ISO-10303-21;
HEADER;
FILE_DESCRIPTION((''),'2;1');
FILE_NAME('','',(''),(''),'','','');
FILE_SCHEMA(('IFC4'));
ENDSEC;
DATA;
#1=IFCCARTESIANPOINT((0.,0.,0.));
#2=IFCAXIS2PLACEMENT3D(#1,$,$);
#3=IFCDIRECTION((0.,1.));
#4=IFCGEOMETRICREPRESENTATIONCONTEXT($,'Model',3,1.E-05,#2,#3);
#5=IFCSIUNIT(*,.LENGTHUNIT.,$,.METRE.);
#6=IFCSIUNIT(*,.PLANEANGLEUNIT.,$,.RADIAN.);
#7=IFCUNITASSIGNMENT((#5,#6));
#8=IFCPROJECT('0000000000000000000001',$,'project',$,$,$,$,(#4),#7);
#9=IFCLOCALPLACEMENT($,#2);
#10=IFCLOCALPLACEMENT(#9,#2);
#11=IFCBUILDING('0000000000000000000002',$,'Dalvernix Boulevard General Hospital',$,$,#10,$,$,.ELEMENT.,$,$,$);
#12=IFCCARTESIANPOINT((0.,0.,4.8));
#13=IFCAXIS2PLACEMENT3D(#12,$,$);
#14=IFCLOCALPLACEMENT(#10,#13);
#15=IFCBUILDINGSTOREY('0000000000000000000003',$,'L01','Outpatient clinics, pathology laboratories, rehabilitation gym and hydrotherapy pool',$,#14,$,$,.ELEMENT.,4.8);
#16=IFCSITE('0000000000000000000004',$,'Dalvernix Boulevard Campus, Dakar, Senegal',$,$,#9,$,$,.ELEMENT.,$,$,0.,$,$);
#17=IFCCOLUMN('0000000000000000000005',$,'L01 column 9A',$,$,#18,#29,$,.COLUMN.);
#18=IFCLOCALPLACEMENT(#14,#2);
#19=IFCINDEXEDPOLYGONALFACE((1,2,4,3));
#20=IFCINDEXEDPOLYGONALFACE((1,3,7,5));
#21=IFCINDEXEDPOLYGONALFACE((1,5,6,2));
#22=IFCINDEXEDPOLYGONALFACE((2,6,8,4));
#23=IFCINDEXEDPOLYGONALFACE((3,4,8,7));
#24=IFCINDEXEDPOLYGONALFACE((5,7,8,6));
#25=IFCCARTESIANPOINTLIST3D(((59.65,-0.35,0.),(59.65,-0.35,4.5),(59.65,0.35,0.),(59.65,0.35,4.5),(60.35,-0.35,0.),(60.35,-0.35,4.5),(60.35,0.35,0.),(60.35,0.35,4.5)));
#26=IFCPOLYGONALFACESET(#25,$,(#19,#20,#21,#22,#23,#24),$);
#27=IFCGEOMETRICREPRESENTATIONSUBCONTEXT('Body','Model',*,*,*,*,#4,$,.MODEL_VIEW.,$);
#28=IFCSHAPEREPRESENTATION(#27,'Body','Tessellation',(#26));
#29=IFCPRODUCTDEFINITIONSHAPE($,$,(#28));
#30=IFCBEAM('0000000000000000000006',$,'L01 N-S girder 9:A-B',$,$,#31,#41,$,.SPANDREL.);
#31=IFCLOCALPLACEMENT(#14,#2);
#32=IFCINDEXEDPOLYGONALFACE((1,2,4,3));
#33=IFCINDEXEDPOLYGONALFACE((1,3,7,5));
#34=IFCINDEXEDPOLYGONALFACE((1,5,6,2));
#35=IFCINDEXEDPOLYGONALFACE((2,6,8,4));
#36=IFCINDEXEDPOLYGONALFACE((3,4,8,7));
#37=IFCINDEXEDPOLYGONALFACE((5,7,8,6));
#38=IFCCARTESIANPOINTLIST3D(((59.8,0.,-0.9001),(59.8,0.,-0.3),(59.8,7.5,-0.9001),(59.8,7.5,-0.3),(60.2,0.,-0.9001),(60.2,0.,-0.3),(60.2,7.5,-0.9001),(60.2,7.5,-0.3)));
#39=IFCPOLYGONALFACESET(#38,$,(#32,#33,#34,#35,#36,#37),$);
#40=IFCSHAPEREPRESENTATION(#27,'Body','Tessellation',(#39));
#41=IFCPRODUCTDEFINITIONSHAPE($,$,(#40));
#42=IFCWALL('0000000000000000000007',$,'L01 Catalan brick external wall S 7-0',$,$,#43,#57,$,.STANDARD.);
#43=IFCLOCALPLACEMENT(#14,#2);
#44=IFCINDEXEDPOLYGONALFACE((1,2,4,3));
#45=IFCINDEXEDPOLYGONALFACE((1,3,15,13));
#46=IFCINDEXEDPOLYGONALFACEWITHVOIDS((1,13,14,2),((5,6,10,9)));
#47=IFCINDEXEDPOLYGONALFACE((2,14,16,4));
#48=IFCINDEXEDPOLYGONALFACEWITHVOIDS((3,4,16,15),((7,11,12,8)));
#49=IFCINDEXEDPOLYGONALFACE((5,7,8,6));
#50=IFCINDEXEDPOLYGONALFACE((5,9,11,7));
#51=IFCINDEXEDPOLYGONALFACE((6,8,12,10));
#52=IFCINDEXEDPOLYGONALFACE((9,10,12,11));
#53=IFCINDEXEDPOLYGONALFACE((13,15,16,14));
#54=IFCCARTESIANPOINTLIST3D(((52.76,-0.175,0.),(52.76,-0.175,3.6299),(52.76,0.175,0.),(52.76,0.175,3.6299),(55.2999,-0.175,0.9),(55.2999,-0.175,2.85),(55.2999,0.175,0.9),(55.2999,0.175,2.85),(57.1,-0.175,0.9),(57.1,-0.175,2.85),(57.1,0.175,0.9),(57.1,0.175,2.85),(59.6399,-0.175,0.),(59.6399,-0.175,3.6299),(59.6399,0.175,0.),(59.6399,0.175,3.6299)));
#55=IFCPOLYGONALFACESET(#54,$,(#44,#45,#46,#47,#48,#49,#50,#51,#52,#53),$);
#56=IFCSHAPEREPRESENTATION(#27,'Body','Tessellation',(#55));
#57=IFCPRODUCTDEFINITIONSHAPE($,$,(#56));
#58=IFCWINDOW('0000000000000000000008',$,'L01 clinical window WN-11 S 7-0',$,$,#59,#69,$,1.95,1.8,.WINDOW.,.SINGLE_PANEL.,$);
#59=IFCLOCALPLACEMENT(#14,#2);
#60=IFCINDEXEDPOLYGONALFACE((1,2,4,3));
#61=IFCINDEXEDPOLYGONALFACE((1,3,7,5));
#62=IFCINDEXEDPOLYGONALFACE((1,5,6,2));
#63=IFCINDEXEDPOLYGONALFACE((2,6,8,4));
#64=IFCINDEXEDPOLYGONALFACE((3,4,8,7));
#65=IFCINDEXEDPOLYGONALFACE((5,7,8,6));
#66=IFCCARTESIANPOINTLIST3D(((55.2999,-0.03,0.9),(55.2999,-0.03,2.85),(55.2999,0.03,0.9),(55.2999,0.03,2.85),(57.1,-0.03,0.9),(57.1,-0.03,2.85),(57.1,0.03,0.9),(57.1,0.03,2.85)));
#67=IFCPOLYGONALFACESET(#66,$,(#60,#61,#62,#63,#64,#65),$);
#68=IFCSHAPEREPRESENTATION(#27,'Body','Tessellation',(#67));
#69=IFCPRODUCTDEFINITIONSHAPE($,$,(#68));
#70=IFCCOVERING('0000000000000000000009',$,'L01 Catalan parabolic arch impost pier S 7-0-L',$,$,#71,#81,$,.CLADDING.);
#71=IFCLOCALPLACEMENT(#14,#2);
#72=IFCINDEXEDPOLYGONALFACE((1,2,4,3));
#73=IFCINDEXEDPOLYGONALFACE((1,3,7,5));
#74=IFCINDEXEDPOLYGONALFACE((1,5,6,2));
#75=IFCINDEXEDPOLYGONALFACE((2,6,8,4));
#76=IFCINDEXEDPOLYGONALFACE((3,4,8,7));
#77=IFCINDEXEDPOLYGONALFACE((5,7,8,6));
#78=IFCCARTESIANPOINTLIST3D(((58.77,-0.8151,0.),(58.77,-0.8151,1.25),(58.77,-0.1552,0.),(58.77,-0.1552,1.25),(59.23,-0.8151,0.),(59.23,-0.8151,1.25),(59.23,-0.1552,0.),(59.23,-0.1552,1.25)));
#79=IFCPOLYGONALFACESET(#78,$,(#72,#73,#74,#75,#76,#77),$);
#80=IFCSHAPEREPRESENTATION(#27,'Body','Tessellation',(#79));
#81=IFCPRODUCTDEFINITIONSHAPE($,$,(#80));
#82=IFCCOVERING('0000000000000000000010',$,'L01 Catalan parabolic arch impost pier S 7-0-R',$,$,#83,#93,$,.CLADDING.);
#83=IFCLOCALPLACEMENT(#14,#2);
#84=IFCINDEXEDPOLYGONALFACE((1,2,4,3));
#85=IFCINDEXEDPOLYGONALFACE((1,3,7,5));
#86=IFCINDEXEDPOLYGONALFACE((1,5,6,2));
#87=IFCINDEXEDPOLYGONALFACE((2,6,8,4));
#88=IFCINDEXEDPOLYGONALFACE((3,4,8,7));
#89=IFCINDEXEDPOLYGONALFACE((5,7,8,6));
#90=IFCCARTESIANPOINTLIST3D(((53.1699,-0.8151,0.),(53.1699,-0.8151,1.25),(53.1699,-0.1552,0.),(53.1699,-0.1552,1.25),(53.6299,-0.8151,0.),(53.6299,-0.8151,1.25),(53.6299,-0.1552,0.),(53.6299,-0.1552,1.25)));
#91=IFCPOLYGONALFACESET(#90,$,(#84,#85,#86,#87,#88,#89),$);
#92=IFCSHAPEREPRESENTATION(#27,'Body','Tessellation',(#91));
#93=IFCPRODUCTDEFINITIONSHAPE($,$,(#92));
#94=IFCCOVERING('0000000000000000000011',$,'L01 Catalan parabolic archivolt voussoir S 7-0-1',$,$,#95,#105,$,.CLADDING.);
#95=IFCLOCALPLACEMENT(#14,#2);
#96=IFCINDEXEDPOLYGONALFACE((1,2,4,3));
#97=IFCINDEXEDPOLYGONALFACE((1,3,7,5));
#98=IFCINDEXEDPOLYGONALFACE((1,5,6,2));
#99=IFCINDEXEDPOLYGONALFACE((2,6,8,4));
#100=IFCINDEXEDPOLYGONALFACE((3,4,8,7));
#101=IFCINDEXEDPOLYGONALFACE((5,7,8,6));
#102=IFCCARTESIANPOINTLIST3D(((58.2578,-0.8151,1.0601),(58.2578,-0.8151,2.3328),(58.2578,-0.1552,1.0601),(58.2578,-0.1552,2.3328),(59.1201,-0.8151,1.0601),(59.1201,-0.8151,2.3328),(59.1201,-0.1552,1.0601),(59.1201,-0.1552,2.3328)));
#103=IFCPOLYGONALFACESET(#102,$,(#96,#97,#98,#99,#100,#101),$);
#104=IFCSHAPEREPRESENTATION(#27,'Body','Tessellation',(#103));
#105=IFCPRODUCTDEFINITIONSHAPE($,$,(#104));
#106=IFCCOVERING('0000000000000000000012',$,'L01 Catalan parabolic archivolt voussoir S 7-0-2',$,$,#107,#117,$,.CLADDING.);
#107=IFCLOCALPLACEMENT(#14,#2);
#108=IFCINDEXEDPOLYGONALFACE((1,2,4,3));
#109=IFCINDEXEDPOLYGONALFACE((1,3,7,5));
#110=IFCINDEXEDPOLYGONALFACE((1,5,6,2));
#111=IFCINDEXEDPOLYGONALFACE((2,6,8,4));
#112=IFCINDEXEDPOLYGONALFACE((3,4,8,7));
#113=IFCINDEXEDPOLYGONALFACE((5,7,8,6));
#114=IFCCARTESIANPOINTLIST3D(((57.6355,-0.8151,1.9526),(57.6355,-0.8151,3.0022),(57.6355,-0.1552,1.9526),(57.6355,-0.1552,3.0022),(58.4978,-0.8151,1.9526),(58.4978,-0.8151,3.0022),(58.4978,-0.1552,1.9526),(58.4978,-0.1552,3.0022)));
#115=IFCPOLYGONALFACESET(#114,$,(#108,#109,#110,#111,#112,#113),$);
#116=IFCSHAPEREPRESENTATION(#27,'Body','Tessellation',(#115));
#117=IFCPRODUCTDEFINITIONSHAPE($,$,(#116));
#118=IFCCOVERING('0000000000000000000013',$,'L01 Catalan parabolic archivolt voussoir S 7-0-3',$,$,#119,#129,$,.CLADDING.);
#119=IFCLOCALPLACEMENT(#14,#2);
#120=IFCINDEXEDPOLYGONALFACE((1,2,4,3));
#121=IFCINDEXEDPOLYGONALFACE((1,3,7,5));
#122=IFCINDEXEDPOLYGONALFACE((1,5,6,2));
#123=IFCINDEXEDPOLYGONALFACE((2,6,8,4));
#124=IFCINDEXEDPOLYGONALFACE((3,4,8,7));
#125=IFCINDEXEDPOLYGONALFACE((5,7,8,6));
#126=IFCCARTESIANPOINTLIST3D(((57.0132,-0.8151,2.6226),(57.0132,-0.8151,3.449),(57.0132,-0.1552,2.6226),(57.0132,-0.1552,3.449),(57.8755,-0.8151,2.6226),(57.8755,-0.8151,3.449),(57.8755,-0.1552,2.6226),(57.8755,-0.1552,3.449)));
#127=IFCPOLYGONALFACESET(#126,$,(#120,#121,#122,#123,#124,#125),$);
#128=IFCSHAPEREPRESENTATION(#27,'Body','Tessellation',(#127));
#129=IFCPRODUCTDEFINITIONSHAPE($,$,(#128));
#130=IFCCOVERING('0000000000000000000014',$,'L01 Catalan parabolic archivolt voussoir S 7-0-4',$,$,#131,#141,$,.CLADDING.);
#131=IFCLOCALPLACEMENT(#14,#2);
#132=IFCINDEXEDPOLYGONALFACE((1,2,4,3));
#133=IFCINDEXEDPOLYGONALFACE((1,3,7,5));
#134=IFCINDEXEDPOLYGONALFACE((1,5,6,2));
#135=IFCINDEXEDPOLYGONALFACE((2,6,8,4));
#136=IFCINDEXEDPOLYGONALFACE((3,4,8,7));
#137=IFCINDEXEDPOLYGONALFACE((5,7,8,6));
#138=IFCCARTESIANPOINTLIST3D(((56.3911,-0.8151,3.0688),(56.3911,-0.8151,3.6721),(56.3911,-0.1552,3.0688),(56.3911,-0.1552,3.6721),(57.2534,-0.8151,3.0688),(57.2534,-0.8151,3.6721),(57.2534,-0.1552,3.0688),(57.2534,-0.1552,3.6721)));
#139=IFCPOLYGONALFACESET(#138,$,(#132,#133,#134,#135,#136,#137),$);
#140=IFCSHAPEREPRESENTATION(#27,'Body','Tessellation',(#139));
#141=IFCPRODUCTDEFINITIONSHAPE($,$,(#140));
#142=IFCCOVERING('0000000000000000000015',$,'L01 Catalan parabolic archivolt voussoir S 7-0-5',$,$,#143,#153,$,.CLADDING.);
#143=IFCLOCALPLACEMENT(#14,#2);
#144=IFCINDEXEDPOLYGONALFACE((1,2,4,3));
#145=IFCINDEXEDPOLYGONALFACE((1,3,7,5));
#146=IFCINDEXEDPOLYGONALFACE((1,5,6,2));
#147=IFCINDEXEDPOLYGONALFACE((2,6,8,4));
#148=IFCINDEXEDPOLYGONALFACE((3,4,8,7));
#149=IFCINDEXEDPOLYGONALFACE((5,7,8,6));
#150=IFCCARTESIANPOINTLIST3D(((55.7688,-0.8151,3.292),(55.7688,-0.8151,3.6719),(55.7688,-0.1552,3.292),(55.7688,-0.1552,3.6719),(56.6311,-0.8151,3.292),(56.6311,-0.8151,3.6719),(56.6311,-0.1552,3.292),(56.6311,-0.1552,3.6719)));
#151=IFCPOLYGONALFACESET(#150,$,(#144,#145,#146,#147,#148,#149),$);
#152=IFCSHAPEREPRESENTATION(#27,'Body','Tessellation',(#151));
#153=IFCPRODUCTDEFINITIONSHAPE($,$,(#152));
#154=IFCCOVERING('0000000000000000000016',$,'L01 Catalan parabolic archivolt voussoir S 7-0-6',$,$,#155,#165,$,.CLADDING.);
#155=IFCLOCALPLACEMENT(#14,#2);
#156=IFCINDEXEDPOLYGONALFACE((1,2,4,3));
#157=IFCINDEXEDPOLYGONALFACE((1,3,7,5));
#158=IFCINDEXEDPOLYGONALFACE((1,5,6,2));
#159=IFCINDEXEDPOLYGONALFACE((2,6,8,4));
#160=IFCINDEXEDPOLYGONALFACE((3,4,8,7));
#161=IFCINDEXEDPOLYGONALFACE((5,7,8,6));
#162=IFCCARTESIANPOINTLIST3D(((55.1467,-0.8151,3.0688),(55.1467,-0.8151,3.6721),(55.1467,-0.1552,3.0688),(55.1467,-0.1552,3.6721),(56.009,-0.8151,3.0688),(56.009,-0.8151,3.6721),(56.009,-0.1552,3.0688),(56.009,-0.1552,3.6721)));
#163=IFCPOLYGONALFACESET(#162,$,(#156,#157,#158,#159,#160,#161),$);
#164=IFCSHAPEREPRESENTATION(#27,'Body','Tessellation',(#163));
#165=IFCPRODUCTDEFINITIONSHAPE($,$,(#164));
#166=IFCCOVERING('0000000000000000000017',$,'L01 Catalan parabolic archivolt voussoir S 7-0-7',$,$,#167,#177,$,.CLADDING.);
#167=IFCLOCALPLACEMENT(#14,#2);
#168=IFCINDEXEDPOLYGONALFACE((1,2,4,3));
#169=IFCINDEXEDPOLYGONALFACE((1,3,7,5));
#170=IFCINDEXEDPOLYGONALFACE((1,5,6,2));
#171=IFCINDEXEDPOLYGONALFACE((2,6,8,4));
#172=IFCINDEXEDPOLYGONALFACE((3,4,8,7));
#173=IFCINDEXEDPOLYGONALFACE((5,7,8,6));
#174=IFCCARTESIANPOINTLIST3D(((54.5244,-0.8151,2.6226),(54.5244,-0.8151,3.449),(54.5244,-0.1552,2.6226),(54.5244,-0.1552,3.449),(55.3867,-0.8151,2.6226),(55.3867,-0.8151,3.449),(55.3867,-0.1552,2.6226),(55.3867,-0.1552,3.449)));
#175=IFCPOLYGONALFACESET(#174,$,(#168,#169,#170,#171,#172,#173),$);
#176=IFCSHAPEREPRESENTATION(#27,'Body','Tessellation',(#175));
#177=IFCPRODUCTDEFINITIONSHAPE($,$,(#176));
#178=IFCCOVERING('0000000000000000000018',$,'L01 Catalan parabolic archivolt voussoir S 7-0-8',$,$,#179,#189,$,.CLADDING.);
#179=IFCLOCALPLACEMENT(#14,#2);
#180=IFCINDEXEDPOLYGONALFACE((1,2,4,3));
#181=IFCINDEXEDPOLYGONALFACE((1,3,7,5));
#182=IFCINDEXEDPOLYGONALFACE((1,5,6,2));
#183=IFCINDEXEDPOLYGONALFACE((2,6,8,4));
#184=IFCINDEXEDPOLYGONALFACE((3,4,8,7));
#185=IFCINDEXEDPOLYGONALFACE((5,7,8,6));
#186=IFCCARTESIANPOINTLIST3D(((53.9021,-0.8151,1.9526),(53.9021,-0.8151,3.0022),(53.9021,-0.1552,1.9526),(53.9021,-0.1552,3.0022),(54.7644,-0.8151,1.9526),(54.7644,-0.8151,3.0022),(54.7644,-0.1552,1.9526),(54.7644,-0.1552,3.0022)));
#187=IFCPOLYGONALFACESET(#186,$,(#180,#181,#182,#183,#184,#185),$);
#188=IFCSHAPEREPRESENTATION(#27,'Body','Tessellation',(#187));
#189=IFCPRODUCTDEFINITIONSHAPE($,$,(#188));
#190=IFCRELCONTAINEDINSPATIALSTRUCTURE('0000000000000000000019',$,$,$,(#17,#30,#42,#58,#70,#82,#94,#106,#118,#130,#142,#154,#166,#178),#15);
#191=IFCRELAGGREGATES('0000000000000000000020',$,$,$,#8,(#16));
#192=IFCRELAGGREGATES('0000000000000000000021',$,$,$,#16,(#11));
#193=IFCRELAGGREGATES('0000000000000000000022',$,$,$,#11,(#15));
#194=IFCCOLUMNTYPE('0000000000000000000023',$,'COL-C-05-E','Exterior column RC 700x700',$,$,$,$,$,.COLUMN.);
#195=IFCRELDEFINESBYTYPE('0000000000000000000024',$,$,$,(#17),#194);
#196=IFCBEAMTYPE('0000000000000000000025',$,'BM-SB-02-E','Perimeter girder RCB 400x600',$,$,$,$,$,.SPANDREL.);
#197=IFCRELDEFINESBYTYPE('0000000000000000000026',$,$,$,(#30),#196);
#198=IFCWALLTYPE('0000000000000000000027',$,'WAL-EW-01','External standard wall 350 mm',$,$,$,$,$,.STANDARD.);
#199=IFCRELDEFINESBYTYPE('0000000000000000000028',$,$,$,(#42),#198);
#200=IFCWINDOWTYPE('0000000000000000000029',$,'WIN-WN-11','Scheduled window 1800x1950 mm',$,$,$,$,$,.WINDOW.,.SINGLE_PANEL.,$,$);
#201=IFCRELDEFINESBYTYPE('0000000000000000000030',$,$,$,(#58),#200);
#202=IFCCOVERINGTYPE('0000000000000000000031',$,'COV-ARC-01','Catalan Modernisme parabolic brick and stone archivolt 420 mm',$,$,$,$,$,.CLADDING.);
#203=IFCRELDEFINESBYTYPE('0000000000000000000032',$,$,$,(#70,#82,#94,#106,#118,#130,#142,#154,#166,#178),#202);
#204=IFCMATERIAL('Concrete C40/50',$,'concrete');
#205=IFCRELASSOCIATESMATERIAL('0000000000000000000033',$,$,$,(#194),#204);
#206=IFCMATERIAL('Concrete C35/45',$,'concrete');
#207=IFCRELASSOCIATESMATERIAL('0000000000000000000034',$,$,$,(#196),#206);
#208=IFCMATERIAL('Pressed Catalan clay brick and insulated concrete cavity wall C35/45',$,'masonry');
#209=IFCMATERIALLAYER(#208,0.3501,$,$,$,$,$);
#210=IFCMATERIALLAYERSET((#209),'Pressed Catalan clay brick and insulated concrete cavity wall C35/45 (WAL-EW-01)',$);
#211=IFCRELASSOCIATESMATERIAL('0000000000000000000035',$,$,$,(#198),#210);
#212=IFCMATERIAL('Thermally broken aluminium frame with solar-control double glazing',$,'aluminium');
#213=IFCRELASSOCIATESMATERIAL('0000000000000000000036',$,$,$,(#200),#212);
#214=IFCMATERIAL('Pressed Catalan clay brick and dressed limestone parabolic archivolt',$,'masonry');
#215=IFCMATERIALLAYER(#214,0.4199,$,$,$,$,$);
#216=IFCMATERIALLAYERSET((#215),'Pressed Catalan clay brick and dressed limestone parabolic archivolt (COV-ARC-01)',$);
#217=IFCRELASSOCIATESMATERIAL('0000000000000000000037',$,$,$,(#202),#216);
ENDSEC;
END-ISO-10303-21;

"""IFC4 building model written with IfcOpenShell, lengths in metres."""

from ifc_helpers import new_model, si_unit, direction, frame, frame_2d, origin, origin_2d, place, context, subcontext, project, spatial, rectangle, extrude, material, layer, layer_set, material_profile, profile_set, type_object, element, fill, save


model = new_model("IFC4")

# Units and contexts
model_context = context("Model", 3, precision=1e-05, world=origin(), true_north=direction((0.0, 1.0)))
body_context = subcontext(model_context, "Body", "Model", "MODEL_VIEW")
ifc_project = project(units=[si_unit("LENGTHUNIT", "METRE"), si_unit("PLANEANGLEUNIT", "RADIAN")], contexts=[model_context])

# Site, building, storey
site_placement = place(None, origin())
site = spatial("IfcSite", under=ifc_project, at=site_placement, Name="Dalvernix Boulevard Campus, Dakar, Senegal", CompositionType="ELEMENT", RefElevation=0.0)
building_placement = place(site_placement, origin())
building = spatial("IfcBuilding", under=site, at=building_placement, Name="Dalvernix Boulevard General Hospital", CompositionType="ELEMENT")
storey_placement = place(building_placement, frame((0.0, 0.0, 4.8)))
storey = spatial("IfcBuildingStorey", under=building, at=storey_placement, Name="L01", Description="Outpatient clinics, pathology laboratories, rehabilitation gym and hydrotherapy pool", CompositionType="ELEMENT", Elevation=4.8)

# Column
ifc_material_1 = material(Name="Concrete C40/50", Category="concrete")
ifc_material_profile_1 = material_profile(ifc_material_1, rectangle(XDim=0.7, YDim=0.7, at=origin_2d()), Name="RC 700x700")
ifc_profile_set_1 = profile_set([ifc_material_profile_1], Name="Concrete C40/50")
column_type = type_object("IfcColumnType", Name="COL-C-05-E", Description="Exterior column RC 700x700", PredefinedType="COLUMN", material=ifc_profile_set_1)
column_placement = place(storey_placement, frame((60.0, 0.0, 0.0), z_axis=(0.0, 0.0, 1.0), x_axis=(1.0, 0.0, 0.0)))
element("IfcColumn", 1, at=column_placement, inside=storey, type_object=column_type, Name="L01 column 9A", PredefinedType="COLUMN", context=body_context, shape_type="SweptSolid", body=[
    extrude(rectangle(XDim=0.7, YDim=0.7, at=origin_2d()), origin(), (0.0, 0.0, 1.0), 4.5),
])

# Beam
ifc_material_2 = material(Name="Concrete C35/45", Category="concrete")
ifc_material_profile_2 = material_profile(ifc_material_2, rectangle(XDim=0.3999, YDim=0.6001, at=origin_2d()), Name="RCB 400x600")
ifc_profile_set_2 = profile_set([ifc_material_profile_2], Name="Concrete C35/45")
beam_type = type_object("IfcBeamType", Name="BM-SB-02-E", Description="Perimeter girder RCB 400x600", PredefinedType="SPANDREL", material=ifc_profile_set_2)
beam_placement = place(storey_placement, frame((60.0, 0.0, -0.6001), z_axis=(0.0, 1.0, 0.0), x_axis=(-1.0, 0.0, 0.0)))
element("IfcBeam", 2, at=beam_placement, inside=storey, type_object=beam_type, Name="L01 N-S girder 9:A-B", PredefinedType="SPANDREL", context=body_context, shape_type="SweptSolid", body=[
    extrude(rectangle(XDim=0.3999, YDim=0.6001, at=origin_2d()), origin(), (0.0, 0.0, 1.0), 7.5),
])

# Wall, opening, window
ifc_material_3 = material(Name="Pressed Catalan clay brick and insulated concrete cavity wall C35/45", Category="masonry")
ifc_layer_1 = layer(ifc_material_3, 0.3501)
ifc_layer_set_1 = layer_set([ifc_layer_1], Name="Pressed Catalan clay brick and insulated concrete cavity wall C35/45 (WAL-EW-01)")
wall_type = type_object("IfcWallType", Name="WAL-EW-01", Description="External standard wall 350 mm", PredefinedType="STANDARD", material=ifc_layer_set_1)
wall_placement = place(storey_placement, frame((59.6399, 0.0, 0.0), z_axis=(0.0, 0.0, 1.0), x_axis=(-1.0, 0.0, 0.0)))
wall = element("IfcWall", 3, at=wall_placement, inside=storey, type_object=wall_type, Name="L01 Catalan brick external wall S 7-0", PredefinedType="STANDARD", context=body_context, shape_type="SweptSolid", body=[
    extrude(rectangle(XDim=6.8799, YDim=0.3501, at=frame_2d((3.4399, 0.0))), origin(), (0.0, 0.0, 1.0), 3.6299),
])
opening_placement = place(wall_placement, frame((2.54, 0.0, 0.8999)))
opening = element("IfcOpeningElement", 4, at=opening_placement, cuts=wall, PredefinedType="OPENING", context=body_context, shape_type="SweptSolid", body=[
    extrude(rectangle(XDim=1.8, YDim=1.95, at=frame_2d((0.8999, 0.9751))), frame((0.0, 0.1851, 0.0), z_axis=(0.0, -1.0, 0.0), x_axis=(1.0, 0.0, 0.0)), (0.0, 0.0, 1.0), 0.3701),
])
ifc_material_4 = material(Name="Thermally broken aluminium frame with solar-control double glazing", Category="aluminium")
window_type = type_object("IfcWindowType", Name="WIN-WN-11", Description="Scheduled window 1800x1950 mm", PartitioningType="SINGLE_PANEL", PredefinedType="WINDOW", material=ifc_material_4)
window_placement = place(opening_placement, origin())
window = element("IfcWindow", 5, at=window_placement, inside=storey, type_object=window_type, Name="L01 clinical window WN-11 S 7-0", OverallHeight=1.95, OverallWidth=1.8, PartitioningType="SINGLE_PANEL", PredefinedType="WINDOW", context=body_context, shape_type="SweptSolid", body=[
    extrude(rectangle(XDim=1.8, YDim=1.95, at=frame_2d((0.8999, 0.9751))), frame((0.0, 0.03, 0.0), z_axis=(0.0, -1.0, 0.0), x_axis=(1.0, 0.0, 0.0)), (0.0, 0.0, 1.0), 0.0601),
])
fill(opening, window)

# Coverings
ifc_material_5 = material(Name="Pressed Catalan clay brick and dressed limestone parabolic archivolt", Category="masonry")
ifc_layer_2 = layer(ifc_material_5, 0.4199)
ifc_layer_set_2 = layer_set([ifc_layer_2], Name="Pressed Catalan clay brick and dressed limestone parabolic archivolt (COV-ARC-01)")
covering_type_1 = type_object("IfcCoveringType", Name="COV-ARC-01", Description="Catalan Modernisme parabolic brick and stone archivolt 420 mm", PredefinedType="CLADDING", material=ifc_layer_set_2)
for number, where, z_axis, x_axis, name in (
    (6, (59.0, -0.4851, 0.0), (0.0, 0.0, 1.0), (-1.0, 0.0, 0.0), "L01 Catalan parabolic arch impost pier S 7-0-L"),
    (7, (53.3999, -0.4851, 0.0), (0.0, 0.0, 1.0), (-1.0, 0.0, 0.0), "L01 Catalan parabolic arch impost pier S 7-0-R"),
):
    element("IfcCovering", number, at=place(storey_placement, frame(where, z_axis=z_axis, x_axis=x_axis)), inside=storey, type_object=covering_type_1, Name=name, PredefinedType="CLADDING", context=body_context, shape_type="SweptSolid", body=[
        extrude(rectangle(XDim=0.46, YDim=0.6599, at=origin_2d()), origin(), (0.0, 0.0, 1.0), 1.25),
    ])
covering_1_placement = place(storey_placement, frame((58.689, -0.4851, 1.0601), z_axis=(0.0, 0.0, 1.0), x_axis=(-1.0, 0.0, 0.0)))
element("IfcCovering", 8, at=covering_1_placement, inside=storey, type_object=covering_type_1, Name="L01 Catalan parabolic archivolt voussoir S 7-0-1", PredefinedType="CLADDING", context=body_context, shape_type="SweptSolid", body=[
    extrude(rectangle(XDim=0.8623, YDim=0.6599, at=origin_2d()), origin(), (0.0, 0.0, 1.0), 1.2727),
])
covering_2_placement = place(storey_placement, frame((58.0667, -0.4851, 1.9526), z_axis=(0.0, 0.0, 1.0), x_axis=(-1.0, 0.0, 0.0)))
element("IfcCovering", 9, at=covering_2_placement, inside=storey, type_object=covering_type_1, Name="L01 Catalan parabolic archivolt voussoir S 7-0-2", PredefinedType="CLADDING", context=body_context, shape_type="SweptSolid", body=[
    extrude(rectangle(XDim=0.8623, YDim=0.6599, at=origin_2d()), origin(), (0.0, 0.0, 1.0), 1.0496),
])
covering_3_placement = place(storey_placement, frame((57.4443, -0.4851, 2.6226), z_axis=(0.0, 0.0, 1.0), x_axis=(-1.0, 0.0, 0.0)))
element("IfcCovering", 10, at=covering_3_placement, inside=storey, type_object=covering_type_1, Name="L01 Catalan parabolic archivolt voussoir S 7-0-3", PredefinedType="CLADDING", context=body_context, shape_type="SweptSolid", body=[
    extrude(rectangle(XDim=0.8623, YDim=0.6599, at=origin_2d()), origin(), (0.0, 0.0, 1.0), 0.8264),
])
covering_4_placement = place(storey_placement, frame((56.8223, -0.4851, 3.0688), z_axis=(0.0, 0.0, 1.0), x_axis=(-1.0, 0.0, 0.0)))
element("IfcCovering", 11, at=covering_4_placement, inside=storey, type_object=covering_type_1, Name="L01 Catalan parabolic archivolt voussoir S 7-0-4", PredefinedType="CLADDING", context=body_context, shape_type="SweptSolid", body=[
    extrude(rectangle(XDim=0.8623, YDim=0.6599, at=origin_2d()), origin(), (0.0, 0.0, 1.0), 0.6033),
])
covering_5_placement = place(storey_placement, frame((56.2, -0.4851, 3.292), z_axis=(0.0, 0.0, 1.0), x_axis=(-1.0, 0.0, 0.0)))
element("IfcCovering", 12, at=covering_5_placement, inside=storey, type_object=covering_type_1, Name="L01 Catalan parabolic archivolt voussoir S 7-0-5", PredefinedType="CLADDING", context=body_context, shape_type="SweptSolid", body=[
    extrude(rectangle(XDim=0.8623, YDim=0.6599, at=origin_2d()), origin(), (0.0, 0.0, 1.0), 0.3799),
])
covering_6_placement = place(storey_placement, frame((55.5779, -0.4851, 3.0688), z_axis=(0.0, 0.0, 1.0), x_axis=(-1.0, 0.0, 0.0)))
element("IfcCovering", 13, at=covering_6_placement, inside=storey, type_object=covering_type_1, Name="L01 Catalan parabolic archivolt voussoir S 7-0-6", PredefinedType="CLADDING", context=body_context, shape_type="SweptSolid", body=[
    extrude(rectangle(XDim=0.8623, YDim=0.6599, at=origin_2d()), origin(), (0.0, 0.0, 1.0), 0.6033),
])
covering_7_placement = place(storey_placement, frame((54.9556, -0.4851, 2.6226), z_axis=(0.0, 0.0, 1.0), x_axis=(-1.0, 0.0, 0.0)))
element("IfcCovering", 14, at=covering_7_placement, inside=storey, type_object=covering_type_1, Name="L01 Catalan parabolic archivolt voussoir S 7-0-7", PredefinedType="CLADDING", context=body_context, shape_type="SweptSolid", body=[
    extrude(rectangle(XDim=0.8623, YDim=0.6599, at=origin_2d()), origin(), (0.0, 0.0, 1.0), 0.8264),
])
covering_8_placement = place(storey_placement, frame((54.3333, -0.4851, 1.9526), z_axis=(0.0, 0.0, 1.0), x_axis=(-1.0, 0.0, 0.0)))
element("IfcCovering", 15, at=covering_8_placement, inside=storey, type_object=covering_type_1, Name="L01 Catalan parabolic archivolt voussoir S 7-0-8", PredefinedType="CLADDING", context=body_context, shape_type="SweptSolid", body=[
    extrude(rectangle(XDim=0.8623, YDim=0.6599, at=origin_2d()), origin(), (0.0, 0.0, 1.0), 1.0496),
])

save(model, "model.ifc")
